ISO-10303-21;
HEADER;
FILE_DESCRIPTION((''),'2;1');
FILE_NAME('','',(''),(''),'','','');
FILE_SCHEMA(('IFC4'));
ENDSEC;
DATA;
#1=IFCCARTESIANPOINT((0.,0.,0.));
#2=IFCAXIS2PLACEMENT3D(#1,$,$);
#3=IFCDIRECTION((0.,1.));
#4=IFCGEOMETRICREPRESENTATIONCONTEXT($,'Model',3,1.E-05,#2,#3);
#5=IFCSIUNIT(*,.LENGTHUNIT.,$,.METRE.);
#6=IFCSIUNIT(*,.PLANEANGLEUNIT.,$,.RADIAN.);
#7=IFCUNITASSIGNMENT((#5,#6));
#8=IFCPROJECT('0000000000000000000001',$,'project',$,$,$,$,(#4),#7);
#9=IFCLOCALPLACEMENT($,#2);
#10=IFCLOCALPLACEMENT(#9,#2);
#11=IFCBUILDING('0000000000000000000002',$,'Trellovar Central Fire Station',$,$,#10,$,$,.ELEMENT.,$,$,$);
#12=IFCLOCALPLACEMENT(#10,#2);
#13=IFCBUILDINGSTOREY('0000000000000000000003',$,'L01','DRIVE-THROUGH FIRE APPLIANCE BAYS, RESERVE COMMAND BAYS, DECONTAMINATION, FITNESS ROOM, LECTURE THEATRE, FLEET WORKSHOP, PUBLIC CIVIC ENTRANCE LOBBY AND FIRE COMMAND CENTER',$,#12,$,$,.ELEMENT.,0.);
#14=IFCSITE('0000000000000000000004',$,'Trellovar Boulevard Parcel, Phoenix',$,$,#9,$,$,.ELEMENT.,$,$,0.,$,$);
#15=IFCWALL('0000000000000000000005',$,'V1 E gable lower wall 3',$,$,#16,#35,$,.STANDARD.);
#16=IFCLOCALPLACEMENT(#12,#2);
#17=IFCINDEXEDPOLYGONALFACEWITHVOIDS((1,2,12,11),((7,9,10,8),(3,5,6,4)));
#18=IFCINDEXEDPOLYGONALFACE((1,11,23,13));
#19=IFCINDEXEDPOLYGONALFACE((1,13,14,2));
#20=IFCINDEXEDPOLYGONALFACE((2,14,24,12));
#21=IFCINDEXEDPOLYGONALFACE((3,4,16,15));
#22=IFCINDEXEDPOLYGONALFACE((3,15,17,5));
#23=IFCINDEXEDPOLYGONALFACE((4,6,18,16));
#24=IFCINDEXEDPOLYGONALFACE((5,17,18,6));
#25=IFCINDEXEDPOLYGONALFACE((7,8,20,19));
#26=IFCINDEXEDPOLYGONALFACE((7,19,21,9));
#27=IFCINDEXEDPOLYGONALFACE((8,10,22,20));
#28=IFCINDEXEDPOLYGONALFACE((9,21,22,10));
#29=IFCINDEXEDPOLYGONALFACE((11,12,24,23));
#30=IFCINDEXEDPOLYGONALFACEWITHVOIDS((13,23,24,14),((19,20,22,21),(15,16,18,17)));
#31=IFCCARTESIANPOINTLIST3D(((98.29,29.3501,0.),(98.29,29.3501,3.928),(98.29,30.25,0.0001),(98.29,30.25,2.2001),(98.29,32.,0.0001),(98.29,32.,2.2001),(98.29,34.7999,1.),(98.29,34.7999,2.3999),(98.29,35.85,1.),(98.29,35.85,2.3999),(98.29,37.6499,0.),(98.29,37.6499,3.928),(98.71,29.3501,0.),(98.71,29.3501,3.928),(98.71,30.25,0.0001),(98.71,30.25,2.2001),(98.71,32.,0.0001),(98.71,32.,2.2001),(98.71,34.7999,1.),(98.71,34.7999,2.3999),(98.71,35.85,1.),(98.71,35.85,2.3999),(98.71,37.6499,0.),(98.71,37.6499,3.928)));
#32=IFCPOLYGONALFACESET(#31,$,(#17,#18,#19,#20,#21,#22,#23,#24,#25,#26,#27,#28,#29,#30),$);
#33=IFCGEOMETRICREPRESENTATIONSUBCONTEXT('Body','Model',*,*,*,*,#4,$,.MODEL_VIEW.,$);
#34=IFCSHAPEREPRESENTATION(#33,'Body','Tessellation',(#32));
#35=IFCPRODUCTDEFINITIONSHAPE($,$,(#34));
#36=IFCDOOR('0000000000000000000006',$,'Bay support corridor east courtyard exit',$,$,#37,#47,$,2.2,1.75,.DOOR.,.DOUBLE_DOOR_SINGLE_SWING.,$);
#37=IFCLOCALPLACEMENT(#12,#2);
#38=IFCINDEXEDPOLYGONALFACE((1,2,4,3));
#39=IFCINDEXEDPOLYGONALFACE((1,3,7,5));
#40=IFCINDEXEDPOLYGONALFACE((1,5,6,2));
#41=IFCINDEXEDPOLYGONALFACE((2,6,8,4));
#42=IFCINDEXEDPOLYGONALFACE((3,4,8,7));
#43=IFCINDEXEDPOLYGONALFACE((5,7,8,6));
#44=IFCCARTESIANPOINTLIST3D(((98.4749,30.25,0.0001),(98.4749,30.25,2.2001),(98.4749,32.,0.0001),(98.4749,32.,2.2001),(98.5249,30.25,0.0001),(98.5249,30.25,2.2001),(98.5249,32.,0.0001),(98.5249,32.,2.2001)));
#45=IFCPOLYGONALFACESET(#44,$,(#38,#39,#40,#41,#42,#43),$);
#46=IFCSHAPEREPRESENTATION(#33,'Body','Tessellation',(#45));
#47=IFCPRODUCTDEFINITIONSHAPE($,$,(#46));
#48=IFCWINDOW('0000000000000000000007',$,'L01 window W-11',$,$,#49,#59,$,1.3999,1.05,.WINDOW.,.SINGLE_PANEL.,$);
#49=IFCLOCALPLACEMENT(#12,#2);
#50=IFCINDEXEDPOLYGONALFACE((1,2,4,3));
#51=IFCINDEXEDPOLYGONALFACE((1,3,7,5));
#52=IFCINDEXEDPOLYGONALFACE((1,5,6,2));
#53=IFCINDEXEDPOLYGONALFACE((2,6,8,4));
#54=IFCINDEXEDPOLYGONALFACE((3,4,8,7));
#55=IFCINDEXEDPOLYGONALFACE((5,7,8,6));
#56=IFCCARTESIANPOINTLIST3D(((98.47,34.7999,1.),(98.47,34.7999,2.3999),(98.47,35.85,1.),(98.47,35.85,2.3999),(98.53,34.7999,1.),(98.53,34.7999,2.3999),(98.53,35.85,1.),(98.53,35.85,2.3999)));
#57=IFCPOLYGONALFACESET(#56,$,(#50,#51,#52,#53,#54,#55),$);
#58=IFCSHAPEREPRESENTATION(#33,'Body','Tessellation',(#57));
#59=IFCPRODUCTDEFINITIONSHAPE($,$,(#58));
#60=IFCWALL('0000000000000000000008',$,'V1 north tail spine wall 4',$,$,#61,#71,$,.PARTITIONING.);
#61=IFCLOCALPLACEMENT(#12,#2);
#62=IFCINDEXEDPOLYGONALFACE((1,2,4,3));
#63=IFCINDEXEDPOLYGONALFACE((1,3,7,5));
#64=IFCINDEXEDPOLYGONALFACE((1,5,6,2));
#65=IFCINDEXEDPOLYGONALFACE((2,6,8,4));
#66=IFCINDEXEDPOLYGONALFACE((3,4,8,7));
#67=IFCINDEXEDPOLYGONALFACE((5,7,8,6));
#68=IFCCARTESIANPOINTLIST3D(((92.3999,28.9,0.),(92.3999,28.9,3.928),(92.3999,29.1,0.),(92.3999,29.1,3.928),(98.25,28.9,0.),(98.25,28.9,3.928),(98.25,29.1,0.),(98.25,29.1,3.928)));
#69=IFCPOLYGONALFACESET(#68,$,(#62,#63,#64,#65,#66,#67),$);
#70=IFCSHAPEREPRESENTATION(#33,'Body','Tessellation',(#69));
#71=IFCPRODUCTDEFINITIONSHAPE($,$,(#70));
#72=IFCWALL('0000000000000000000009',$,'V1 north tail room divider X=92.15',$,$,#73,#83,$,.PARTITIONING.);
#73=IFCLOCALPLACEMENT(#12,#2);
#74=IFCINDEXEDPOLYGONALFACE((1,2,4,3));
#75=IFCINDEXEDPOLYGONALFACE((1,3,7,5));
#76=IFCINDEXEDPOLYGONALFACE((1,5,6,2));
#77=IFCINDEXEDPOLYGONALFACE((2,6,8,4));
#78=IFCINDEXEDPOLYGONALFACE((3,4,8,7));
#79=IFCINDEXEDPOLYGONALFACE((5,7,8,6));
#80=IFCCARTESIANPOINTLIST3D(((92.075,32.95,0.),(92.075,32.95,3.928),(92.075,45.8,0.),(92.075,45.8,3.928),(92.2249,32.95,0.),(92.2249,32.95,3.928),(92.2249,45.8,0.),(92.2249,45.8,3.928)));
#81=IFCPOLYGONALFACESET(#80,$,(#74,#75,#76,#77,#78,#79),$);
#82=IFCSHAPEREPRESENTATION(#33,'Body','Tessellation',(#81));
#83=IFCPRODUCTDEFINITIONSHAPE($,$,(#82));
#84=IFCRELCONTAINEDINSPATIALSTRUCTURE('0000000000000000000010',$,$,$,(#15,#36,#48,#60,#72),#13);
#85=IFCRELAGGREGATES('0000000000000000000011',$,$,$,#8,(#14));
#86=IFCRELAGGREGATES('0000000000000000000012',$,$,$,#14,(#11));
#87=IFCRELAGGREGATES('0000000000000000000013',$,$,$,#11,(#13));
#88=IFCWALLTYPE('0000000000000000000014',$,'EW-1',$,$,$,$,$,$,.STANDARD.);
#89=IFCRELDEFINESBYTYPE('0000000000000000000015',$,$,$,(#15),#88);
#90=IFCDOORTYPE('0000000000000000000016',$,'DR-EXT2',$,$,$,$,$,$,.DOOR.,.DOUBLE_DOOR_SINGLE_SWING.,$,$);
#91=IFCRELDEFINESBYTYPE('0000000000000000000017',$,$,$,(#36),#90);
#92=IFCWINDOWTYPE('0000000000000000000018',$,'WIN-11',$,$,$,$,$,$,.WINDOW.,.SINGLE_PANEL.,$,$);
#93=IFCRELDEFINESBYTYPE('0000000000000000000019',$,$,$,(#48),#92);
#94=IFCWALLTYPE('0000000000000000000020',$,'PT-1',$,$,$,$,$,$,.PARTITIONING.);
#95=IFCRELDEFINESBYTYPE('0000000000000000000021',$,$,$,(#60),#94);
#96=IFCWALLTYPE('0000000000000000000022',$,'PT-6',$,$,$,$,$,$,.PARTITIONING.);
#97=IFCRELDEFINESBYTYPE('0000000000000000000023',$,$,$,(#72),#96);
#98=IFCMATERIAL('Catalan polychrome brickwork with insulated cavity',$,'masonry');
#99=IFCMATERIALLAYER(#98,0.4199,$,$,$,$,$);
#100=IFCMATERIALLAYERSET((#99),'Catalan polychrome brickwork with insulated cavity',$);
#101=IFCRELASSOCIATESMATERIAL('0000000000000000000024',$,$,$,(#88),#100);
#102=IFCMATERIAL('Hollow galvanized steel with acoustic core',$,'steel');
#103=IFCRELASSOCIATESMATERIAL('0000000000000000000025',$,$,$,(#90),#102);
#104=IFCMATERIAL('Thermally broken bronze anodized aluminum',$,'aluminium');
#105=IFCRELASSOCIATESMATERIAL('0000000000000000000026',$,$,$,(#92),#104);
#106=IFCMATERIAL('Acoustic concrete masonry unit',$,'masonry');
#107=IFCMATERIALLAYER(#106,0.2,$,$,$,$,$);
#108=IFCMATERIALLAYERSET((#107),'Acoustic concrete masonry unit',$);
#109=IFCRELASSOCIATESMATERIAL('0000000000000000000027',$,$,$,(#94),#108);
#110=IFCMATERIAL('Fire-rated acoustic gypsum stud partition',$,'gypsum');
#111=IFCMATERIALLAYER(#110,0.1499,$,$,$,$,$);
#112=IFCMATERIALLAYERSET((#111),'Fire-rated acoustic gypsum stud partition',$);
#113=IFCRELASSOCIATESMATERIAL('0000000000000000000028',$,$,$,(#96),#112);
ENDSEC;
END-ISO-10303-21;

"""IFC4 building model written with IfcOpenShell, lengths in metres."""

from ifc_helpers import new_model, si_unit, direction, frame, frame_2d, origin, place, context, subcontext, project, spatial, rectangle, extrude, material, layer, layer_set, type_object, element, fill, save


model = new_model("IFC4")

# Units and contexts
model_context = context("Model", 3, precision=1e-05, world=origin(), true_north=direction((0.0, 1.0)))
body_context = subcontext(model_context, "Body", "Model", "MODEL_VIEW")
ifc_project = project(units=[si_unit("LENGTHUNIT", "METRE"), si_unit("PLANEANGLEUNIT", "RADIAN")], contexts=[model_context])

# Site, building, storey
site_placement = place(None, origin())
site = spatial("IfcSite", under=ifc_project, at=site_placement, Name="Trellovar Boulevard Parcel, Phoenix", CompositionType="ELEMENT", RefElevation=0.0)
building_placement = place(site_placement, origin())
building = spatial("IfcBuilding", under=site, at=building_placement, Name="Trellovar Central Fire Station", CompositionType="ELEMENT")
storey_placement = place(building_placement, origin())
storey = spatial("IfcBuildingStorey", under=building, at=storey_placement, Name="L01", Description="DRIVE-THROUGH FIRE APPLIANCE BAYS, RESERVE COMMAND BAYS, DECONTAMINATION, FITNESS ROOM, LECTURE THEATRE, FLEET WORKSHOP, PUBLIC CIVIC ENTRANCE LOBBY AND FIRE COMMAND CENTER", CompositionType="ELEMENT", Elevation=0.0)

# Wall, openings, door, window
ifc_material_1 = material(Name="Catalan polychrome brickwork with insulated cavity", Category="masonry")
ifc_layer_1 = layer(ifc_material_1, 0.4199)
ifc_layer_set_1 = layer_set([ifc_layer_1], Name="Catalan polychrome brickwork with insulated cavity")
wall_type_1 = type_object("IfcWallType", Name="EW-1", PredefinedType="STANDARD", material=ifc_layer_set_1)
wall_1_placement = place(storey_placement, frame((98.5, 29.3501, 0.0), z_axis=(0.0, 0.0, 1.0), x_axis=(0.0, 1.0, 0.0)))
wall_1 = element("IfcWall", 1, at=wall_1_placement, inside=storey, type_object=wall_type_1, Name="V1 E gable lower wall 3", PredefinedType="STANDARD", context=body_context, shape_type="SweptSolid", body=[
    extrude(rectangle(XDim=8.2998, YDim=0.4199, at=frame_2d((4.1499, 0.0))), origin(), (0.0, 0.0, 1.0), 3.928),
])
opening_1_placement = place(wall_1_placement, frame((0.8999, 0.0, 0.0)))
opening_1 = element("IfcOpeningElement", 2, at=opening_1_placement, cuts=wall_1, PredefinedType="OPENING", context=body_context, shape_type="SweptSolid", body=[
    extrude(rectangle(XDim=1.75, YDim=2.2, at=frame_2d((0.875, 1.1001))), frame((0.0, 0.22, 0.0), z_axis=(0.0, -1.0, 0.0), x_axis=(1.0, 0.0, 0.0)), (0.0, 0.0, 1.0), 0.4399),
])
opening_2_placement = place(wall_1_placement, frame((5.45, 0.0, 1.0)))
opening_2 = element("IfcOpeningElement", 3, at=opening_2_placement, cuts=wall_1, PredefinedType="OPENING", context=body_context, shape_type="SweptSolid", body=[
    extrude(rectangle(XDim=1.05, YDim=1.3999, at=frame_2d((0.5249, 0.7))), frame((0.0, 0.22, 0.0), z_axis=(0.0, -1.0, 0.0), x_axis=(1.0, 0.0, 0.0)), (0.0, 0.0, 1.0), 0.4399),
])
ifc_material_2 = material(Name="Hollow galvanized steel with acoustic core", Category="steel")
door_type = type_object("IfcDoorType", Name="DR-EXT2", OperationType="DOUBLE_DOOR_SINGLE_SWING", PredefinedType="DOOR", material=ifc_material_2)
door_placement = place(opening_1_placement, frame((1.75, 0.0, 0.0), z_axis=(0.0, 0.0, 1.0), x_axis=(-1.0, 0.0, 0.0)))
door = element("IfcDoor", 4, at=door_placement, inside=storey, type_object=door_type, Name="Bay support corridor east courtyard exit", OperationType="DOUBLE_DOOR_SINGLE_SWING", OverallHeight=2.2, OverallWidth=1.75, PredefinedType="DOOR", context=body_context, shape_type="SweptSolid", body=[
    extrude(rectangle(XDim=1.75, YDim=2.2, at=frame_2d((0.875, 1.1001))), frame((0.0, 0.0249, 0.0), z_axis=(0.0, -1.0, 0.0), x_axis=(1.0, 0.0, 0.0)), (0.0, 0.0, 1.0), 0.05),
])
fill(opening_1, door)
ifc_material_3 = material(Name="Thermally broken bronze anodized aluminum", Category="aluminium")
window_type = type_object("IfcWindowType", Name="WIN-11", PartitioningType="SINGLE_PANEL", PredefinedType="WINDOW", material=ifc_material_3)
window_placement = place(opening_2_placement, origin())
window = element("IfcWindow", 5, at=window_placement, inside=storey, type_object=window_type, Name="L01 window W-11", OverallHeight=1.3999, OverallWidth=1.05, PartitioningType="SINGLE_PANEL", PredefinedType="WINDOW", context=body_context, shape_type="SweptSolid", body=[
    extrude(rectangle(XDim=1.05, YDim=1.3999, at=frame_2d((0.5249, 0.7))), frame((0.0, 0.03, 0.0), z_axis=(0.0, -1.0, 0.0), x_axis=(1.0, 0.0, 0.0)), (0.0, 0.0, 1.0), 0.0601),
])
fill(opening_2, window)

# Walls
ifc_material_4 = material(Name="Acoustic concrete masonry unit", Category="masonry")
ifc_layer_2 = layer(ifc_material_4, 0.2)
ifc_layer_set_2 = layer_set([ifc_layer_2], Name="Acoustic concrete masonry unit")
wall_type_2 = type_object("IfcWallType", Name="PT-1", PredefinedType="PARTITIONING", material=ifc_layer_set_2)
wall_2_placement = place(storey_placement, frame((92.3999, 29.0, 0.0), z_axis=(0.0, 0.0, 1.0), x_axis=(1.0, 0.0, 0.0)))
element("IfcWall", 6, at=wall_2_placement, inside=storey, type_object=wall_type_2, Name="V1 north tail spine wall 4", PredefinedType="PARTITIONING", context=body_context, shape_type="SweptSolid", body=[
    extrude(rectangle(XDim=5.8501, YDim=0.2, at=frame_2d((2.925, 0.0))), origin(), (0.0, 0.0, 1.0), 3.928),
])
ifc_material_5 = material(Name="Fire-rated acoustic gypsum stud partition", Category="gypsum")
ifc_layer_3 = layer(ifc_material_5, 0.1499)
ifc_layer_set_3 = layer_set([ifc_layer_3], Name="Fire-rated acoustic gypsum stud partition")
wall_type_3 = type_object("IfcWallType", Name="PT-6", PredefinedType="PARTITIONING", material=ifc_layer_set_3)
wall_3_placement = place(storey_placement, frame((92.1499, 32.95, 0.0), z_axis=(0.0, 0.0, 1.0), x_axis=(0.0, 1.0, 0.0)))
element("IfcWall", 7, at=wall_3_placement, inside=storey, type_object=wall_type_3, Name="V1 north tail room divider X=92.15", PredefinedType="PARTITIONING", context=body_context, shape_type="SweptSolid", body=[
    extrude(rectangle(XDim=12.8501, YDim=0.1499, at=frame_2d((6.425, 0.0))), origin(), (0.0, 0.0, 1.0), 3.928),
])

save(model, "model.ifc")
